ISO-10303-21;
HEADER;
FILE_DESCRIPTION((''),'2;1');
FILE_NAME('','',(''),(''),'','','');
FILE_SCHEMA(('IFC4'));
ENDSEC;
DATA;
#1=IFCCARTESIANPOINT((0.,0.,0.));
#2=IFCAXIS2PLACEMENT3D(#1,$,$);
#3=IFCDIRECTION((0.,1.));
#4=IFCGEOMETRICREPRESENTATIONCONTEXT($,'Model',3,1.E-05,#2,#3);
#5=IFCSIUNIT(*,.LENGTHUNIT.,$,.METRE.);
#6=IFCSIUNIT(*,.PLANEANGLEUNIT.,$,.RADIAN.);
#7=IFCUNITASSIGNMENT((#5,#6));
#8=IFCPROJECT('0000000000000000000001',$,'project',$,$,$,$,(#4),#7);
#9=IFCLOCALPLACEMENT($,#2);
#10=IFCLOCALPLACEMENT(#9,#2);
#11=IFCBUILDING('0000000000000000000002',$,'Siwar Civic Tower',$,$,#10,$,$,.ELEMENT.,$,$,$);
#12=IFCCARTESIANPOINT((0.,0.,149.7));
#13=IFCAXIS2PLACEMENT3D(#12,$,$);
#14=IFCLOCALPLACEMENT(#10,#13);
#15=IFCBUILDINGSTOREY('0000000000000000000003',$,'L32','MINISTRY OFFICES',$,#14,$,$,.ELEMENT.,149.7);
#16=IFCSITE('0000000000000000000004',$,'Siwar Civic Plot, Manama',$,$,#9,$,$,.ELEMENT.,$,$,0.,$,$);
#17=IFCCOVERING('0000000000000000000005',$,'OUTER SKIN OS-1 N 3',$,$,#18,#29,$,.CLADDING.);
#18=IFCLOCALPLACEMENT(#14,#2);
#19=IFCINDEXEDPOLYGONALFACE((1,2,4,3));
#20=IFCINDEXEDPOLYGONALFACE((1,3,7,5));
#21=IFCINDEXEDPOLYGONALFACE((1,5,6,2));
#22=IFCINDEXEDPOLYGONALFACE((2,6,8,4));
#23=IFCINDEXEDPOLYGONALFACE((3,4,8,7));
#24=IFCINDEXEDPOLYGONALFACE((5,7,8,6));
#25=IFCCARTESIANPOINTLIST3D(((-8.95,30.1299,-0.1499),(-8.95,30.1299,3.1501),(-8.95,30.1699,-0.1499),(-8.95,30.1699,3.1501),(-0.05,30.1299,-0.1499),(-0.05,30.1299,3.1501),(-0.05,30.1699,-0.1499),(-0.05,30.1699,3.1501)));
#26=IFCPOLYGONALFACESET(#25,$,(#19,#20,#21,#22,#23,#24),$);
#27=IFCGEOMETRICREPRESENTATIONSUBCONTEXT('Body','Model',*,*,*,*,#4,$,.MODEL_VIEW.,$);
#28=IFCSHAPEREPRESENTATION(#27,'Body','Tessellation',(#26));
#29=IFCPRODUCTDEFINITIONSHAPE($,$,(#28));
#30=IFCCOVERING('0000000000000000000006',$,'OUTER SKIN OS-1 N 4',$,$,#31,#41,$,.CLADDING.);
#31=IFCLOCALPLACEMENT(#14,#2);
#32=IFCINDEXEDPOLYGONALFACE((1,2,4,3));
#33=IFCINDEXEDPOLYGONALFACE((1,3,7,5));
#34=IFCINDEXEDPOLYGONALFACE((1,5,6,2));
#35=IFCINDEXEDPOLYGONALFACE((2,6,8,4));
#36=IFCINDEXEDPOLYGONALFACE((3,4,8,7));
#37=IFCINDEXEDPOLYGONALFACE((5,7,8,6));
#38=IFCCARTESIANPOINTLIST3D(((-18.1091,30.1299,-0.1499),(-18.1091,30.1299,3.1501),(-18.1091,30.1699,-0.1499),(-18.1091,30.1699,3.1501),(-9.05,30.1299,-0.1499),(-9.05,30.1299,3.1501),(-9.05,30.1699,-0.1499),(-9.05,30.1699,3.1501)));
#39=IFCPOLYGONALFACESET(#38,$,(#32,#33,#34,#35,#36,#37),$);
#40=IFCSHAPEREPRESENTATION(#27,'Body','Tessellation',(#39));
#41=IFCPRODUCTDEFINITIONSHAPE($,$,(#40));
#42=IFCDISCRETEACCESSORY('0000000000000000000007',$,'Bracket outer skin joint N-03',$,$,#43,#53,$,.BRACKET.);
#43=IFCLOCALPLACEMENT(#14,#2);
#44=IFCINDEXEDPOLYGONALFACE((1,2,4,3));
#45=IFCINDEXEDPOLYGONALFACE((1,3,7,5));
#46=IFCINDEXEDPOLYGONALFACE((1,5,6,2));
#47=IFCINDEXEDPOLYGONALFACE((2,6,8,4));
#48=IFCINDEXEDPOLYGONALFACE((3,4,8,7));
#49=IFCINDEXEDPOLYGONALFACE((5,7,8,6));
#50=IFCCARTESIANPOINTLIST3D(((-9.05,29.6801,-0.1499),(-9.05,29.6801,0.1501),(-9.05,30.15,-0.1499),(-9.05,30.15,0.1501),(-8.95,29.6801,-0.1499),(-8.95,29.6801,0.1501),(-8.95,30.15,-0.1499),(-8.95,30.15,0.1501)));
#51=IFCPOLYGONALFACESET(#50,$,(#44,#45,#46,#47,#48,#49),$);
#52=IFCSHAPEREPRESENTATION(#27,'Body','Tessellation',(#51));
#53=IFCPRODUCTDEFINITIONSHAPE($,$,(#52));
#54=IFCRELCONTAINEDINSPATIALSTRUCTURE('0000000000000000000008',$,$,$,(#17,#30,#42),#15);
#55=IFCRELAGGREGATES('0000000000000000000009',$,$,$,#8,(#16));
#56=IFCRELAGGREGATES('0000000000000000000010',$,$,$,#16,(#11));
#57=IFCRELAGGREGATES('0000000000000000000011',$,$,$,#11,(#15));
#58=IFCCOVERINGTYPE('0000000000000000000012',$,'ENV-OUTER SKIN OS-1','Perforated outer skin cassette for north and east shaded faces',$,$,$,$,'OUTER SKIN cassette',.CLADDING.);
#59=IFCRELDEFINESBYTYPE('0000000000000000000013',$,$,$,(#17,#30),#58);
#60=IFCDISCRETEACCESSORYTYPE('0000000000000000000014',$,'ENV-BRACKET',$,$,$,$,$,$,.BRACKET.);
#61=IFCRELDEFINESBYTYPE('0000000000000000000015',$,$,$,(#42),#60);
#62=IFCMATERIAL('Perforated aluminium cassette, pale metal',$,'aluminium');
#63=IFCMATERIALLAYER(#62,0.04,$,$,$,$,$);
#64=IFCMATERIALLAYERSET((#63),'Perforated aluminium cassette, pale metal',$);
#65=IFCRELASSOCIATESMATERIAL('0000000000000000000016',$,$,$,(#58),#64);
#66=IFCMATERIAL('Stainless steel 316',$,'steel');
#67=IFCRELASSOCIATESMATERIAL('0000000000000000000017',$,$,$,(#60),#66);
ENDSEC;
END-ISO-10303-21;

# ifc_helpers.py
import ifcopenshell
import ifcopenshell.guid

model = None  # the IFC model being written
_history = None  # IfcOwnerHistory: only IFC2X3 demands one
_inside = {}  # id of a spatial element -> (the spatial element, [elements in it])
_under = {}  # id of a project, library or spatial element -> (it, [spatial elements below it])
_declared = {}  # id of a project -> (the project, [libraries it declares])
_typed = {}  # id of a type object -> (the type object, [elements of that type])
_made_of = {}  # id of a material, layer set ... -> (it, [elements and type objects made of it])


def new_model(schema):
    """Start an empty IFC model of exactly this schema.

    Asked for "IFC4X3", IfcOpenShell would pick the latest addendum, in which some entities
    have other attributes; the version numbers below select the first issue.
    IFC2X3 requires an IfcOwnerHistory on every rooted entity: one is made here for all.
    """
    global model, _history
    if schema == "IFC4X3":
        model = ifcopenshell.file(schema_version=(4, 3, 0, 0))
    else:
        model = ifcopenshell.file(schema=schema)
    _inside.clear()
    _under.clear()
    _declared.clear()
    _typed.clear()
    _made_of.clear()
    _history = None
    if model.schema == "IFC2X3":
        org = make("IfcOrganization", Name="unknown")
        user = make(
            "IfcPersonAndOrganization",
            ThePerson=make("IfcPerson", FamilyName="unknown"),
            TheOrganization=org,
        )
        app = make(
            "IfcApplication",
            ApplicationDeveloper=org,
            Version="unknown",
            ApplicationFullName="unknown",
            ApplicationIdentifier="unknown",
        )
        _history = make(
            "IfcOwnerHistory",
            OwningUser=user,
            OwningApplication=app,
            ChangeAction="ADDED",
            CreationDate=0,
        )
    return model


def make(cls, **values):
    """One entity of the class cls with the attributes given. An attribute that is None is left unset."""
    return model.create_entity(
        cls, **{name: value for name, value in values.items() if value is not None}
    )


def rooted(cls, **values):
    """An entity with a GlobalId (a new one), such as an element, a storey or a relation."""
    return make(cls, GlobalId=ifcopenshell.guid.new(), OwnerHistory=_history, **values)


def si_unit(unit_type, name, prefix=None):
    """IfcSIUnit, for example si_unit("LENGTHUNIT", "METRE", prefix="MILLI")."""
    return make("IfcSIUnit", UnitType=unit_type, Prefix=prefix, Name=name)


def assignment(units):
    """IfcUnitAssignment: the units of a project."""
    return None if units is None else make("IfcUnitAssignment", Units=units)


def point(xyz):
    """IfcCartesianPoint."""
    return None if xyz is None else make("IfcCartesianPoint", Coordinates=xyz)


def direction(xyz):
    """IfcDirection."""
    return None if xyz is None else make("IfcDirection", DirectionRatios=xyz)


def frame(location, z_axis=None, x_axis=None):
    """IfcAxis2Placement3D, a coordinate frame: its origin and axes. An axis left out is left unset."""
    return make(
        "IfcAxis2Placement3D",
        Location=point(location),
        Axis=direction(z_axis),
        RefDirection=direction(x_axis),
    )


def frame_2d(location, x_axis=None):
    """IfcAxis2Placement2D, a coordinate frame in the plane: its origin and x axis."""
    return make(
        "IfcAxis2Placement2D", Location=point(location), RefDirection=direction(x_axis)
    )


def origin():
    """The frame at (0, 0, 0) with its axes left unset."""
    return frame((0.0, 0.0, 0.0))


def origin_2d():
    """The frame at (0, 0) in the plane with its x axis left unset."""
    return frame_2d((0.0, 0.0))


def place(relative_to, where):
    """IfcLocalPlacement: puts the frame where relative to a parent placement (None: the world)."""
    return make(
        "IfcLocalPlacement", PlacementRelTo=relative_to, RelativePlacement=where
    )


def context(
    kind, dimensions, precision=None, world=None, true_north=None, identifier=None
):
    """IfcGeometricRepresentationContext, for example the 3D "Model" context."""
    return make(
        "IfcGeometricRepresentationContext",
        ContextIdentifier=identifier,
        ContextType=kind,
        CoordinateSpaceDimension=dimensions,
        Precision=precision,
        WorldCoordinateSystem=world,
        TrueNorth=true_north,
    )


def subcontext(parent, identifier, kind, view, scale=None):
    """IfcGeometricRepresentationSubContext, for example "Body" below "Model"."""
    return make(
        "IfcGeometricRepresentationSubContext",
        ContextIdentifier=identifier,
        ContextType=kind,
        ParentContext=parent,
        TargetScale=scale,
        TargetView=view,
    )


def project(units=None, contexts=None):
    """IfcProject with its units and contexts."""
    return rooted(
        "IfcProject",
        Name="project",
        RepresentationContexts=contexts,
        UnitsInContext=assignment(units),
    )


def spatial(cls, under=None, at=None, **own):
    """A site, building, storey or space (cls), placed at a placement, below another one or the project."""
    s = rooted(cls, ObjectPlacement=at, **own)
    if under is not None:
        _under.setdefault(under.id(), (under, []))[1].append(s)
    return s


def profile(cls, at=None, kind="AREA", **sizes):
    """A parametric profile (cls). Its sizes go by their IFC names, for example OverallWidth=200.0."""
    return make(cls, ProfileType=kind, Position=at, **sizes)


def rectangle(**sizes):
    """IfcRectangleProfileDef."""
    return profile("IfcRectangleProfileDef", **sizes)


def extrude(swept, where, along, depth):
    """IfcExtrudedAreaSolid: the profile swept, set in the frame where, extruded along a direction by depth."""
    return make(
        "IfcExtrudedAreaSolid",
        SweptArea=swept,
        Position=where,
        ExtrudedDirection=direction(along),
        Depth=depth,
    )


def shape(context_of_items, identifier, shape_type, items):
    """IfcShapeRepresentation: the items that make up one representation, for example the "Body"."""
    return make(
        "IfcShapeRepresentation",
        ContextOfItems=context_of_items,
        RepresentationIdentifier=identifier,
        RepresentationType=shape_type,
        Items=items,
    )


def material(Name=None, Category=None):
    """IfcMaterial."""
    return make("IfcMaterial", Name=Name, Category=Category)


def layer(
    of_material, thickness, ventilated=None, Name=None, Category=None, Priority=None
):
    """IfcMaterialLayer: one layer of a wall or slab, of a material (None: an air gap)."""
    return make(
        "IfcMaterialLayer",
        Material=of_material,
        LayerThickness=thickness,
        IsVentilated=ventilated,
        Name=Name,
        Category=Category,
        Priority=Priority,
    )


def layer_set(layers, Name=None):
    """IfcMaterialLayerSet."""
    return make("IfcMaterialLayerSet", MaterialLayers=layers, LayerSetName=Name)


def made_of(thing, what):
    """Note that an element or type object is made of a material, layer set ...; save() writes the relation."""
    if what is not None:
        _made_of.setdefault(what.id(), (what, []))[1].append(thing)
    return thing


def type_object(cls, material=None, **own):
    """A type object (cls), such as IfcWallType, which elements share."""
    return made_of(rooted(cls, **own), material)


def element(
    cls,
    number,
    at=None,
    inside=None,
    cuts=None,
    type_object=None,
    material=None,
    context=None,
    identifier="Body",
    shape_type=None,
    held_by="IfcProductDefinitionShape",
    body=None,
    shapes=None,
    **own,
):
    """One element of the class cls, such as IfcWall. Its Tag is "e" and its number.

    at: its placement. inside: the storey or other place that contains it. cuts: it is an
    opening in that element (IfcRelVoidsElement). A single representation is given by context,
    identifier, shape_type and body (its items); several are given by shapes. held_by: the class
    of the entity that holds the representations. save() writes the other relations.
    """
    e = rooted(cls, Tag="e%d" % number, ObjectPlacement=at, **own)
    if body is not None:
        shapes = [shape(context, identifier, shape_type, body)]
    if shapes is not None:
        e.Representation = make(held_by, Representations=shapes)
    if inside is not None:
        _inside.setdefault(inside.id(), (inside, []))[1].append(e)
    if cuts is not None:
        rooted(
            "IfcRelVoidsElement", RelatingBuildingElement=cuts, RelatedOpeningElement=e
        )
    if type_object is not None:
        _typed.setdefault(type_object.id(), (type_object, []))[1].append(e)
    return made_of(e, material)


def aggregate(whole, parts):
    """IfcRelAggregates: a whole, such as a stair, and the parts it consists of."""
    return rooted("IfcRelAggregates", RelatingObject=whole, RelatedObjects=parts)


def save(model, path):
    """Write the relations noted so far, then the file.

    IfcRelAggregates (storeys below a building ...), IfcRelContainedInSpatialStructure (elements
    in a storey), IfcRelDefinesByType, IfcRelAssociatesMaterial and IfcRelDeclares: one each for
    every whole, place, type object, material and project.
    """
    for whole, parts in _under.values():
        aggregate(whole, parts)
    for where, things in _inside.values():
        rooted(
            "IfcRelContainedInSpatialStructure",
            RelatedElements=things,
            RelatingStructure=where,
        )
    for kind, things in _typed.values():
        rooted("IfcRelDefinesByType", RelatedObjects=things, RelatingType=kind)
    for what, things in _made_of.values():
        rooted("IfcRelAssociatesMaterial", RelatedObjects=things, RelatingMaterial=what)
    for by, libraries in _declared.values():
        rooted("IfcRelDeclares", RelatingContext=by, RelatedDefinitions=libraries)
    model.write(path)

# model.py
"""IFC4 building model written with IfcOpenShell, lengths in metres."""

from ifc_helpers import new_model, si_unit, direction, frame, origin, origin_2d, place, context, subcontext, project, spatial, rectangle, extrude, material, layer, layer_set, type_object, element, save


model = new_model("IFC4")

# Units and contexts
model_context = context("Model", 3, precision=1e-05, world=origin(), true_north=direction((0.0, 1.0)))
body_context = subcontext(model_context, "Body", "Model", "MODEL_VIEW")
ifc_project = project(units=[si_unit("LENGTHUNIT", "METRE"), si_unit("PLANEANGLEUNIT", "RADIAN")], contexts=[model_context])

# Site, building, storey
site_placement = place(None, origin())
site = spatial("IfcSite", under=ifc_project, at=site_placement, Name="Siwar Civic Plot, Manama", CompositionType="ELEMENT", RefElevation=0.0)
building_placement = place(site_placement, origin())
building = spatial("IfcBuilding", under=site, at=building_placement, Name="Siwar Civic Tower", CompositionType="ELEMENT")
storey_placement = place(building_placement, frame((0.0, 0.0, 149.7)))
storey = spatial("IfcBuildingStorey", under=building, at=storey_placement, Name="L32", Description="MINISTRY OFFICES", CompositionType="ELEMENT", Elevation=149.7)

# Coverings
ifc_material_1 = material(Name="Perforated aluminium cassette, pale metal", Category="aluminium")
ifc_layer_1 = layer(ifc_material_1, 0.04)
ifc_layer_set_1 = layer_set([ifc_layer_1], Name="Perforated aluminium cassette, pale metal")
covering_type = type_object("IfcCoveringType", Name="ENV-OUTER SKIN OS-1", Description="Perforated outer skin cassette for north and east shaded faces", ElementType="OUTER SKIN cassette", PredefinedType="CLADDING", material=ifc_layer_set_1)
covering_1_placement = place(storey_placement, frame((-4.5, 30.1499, -0.1499), z_axis=(0.0, 0.0, 1.0), x_axis=(-1.0, 0.0, 0.0)))
element("IfcCovering", 1, at=covering_1_placement, inside=storey, type_object=covering_type, Name="OUTER SKIN OS-1 N 3", PredefinedType="CLADDING", context=body_context, shape_type="SweptSolid", body=[
    extrude(rectangle(XDim=8.8999, YDim=0.04, at=origin_2d()), origin(), (0.0, 0.0, 1.0), 3.3),
])
covering_2_placement = place(storey_placement, frame((-13.5796, 30.1499, -0.1499), z_axis=(0.0, 0.0, 1.0), x_axis=(-1.0, 0.0, 0.0)))
element("IfcCovering", 2, at=covering_2_placement, inside=storey, type_object=covering_type, Name="OUTER SKIN OS-1 N 4", PredefinedType="CLADDING", context=body_context, shape_type="SweptSolid", body=[
    extrude(rectangle(XDim=9.0591, YDim=0.04, at=origin_2d()), origin(), (0.0, 0.0, 1.0), 3.3),
])

# Discrete accessory
ifc_material_2 = material(Name="Stainless steel 316", Category="steel")
discrete_accessory_type = type_object("IfcDiscreteAccessoryType", Name="ENV-BRACKET", PredefinedType="BRACKET", material=ifc_material_2)
discrete_accessory_placement = place(storey_placement, frame((-9.0, 29.915, -0.1499), z_axis=(0.0, 0.0, 1.0), x_axis=(0.0, 1.0, 0.0)))
element("IfcDiscreteAccessory", 3, at=discrete_accessory_placement, inside=storey, type_object=discrete_accessory_type, Name="Bracket outer skin joint N-03", PredefinedType="BRACKET", context=body_context, shape_type="SweptSolid", body=[
    extrude(rectangle(XDim=0.47, YDim=0.1001, at=origin_2d()), origin(), (0.0, 0.0, 1.0), 0.3),
])

save(model, "model.ifc")
